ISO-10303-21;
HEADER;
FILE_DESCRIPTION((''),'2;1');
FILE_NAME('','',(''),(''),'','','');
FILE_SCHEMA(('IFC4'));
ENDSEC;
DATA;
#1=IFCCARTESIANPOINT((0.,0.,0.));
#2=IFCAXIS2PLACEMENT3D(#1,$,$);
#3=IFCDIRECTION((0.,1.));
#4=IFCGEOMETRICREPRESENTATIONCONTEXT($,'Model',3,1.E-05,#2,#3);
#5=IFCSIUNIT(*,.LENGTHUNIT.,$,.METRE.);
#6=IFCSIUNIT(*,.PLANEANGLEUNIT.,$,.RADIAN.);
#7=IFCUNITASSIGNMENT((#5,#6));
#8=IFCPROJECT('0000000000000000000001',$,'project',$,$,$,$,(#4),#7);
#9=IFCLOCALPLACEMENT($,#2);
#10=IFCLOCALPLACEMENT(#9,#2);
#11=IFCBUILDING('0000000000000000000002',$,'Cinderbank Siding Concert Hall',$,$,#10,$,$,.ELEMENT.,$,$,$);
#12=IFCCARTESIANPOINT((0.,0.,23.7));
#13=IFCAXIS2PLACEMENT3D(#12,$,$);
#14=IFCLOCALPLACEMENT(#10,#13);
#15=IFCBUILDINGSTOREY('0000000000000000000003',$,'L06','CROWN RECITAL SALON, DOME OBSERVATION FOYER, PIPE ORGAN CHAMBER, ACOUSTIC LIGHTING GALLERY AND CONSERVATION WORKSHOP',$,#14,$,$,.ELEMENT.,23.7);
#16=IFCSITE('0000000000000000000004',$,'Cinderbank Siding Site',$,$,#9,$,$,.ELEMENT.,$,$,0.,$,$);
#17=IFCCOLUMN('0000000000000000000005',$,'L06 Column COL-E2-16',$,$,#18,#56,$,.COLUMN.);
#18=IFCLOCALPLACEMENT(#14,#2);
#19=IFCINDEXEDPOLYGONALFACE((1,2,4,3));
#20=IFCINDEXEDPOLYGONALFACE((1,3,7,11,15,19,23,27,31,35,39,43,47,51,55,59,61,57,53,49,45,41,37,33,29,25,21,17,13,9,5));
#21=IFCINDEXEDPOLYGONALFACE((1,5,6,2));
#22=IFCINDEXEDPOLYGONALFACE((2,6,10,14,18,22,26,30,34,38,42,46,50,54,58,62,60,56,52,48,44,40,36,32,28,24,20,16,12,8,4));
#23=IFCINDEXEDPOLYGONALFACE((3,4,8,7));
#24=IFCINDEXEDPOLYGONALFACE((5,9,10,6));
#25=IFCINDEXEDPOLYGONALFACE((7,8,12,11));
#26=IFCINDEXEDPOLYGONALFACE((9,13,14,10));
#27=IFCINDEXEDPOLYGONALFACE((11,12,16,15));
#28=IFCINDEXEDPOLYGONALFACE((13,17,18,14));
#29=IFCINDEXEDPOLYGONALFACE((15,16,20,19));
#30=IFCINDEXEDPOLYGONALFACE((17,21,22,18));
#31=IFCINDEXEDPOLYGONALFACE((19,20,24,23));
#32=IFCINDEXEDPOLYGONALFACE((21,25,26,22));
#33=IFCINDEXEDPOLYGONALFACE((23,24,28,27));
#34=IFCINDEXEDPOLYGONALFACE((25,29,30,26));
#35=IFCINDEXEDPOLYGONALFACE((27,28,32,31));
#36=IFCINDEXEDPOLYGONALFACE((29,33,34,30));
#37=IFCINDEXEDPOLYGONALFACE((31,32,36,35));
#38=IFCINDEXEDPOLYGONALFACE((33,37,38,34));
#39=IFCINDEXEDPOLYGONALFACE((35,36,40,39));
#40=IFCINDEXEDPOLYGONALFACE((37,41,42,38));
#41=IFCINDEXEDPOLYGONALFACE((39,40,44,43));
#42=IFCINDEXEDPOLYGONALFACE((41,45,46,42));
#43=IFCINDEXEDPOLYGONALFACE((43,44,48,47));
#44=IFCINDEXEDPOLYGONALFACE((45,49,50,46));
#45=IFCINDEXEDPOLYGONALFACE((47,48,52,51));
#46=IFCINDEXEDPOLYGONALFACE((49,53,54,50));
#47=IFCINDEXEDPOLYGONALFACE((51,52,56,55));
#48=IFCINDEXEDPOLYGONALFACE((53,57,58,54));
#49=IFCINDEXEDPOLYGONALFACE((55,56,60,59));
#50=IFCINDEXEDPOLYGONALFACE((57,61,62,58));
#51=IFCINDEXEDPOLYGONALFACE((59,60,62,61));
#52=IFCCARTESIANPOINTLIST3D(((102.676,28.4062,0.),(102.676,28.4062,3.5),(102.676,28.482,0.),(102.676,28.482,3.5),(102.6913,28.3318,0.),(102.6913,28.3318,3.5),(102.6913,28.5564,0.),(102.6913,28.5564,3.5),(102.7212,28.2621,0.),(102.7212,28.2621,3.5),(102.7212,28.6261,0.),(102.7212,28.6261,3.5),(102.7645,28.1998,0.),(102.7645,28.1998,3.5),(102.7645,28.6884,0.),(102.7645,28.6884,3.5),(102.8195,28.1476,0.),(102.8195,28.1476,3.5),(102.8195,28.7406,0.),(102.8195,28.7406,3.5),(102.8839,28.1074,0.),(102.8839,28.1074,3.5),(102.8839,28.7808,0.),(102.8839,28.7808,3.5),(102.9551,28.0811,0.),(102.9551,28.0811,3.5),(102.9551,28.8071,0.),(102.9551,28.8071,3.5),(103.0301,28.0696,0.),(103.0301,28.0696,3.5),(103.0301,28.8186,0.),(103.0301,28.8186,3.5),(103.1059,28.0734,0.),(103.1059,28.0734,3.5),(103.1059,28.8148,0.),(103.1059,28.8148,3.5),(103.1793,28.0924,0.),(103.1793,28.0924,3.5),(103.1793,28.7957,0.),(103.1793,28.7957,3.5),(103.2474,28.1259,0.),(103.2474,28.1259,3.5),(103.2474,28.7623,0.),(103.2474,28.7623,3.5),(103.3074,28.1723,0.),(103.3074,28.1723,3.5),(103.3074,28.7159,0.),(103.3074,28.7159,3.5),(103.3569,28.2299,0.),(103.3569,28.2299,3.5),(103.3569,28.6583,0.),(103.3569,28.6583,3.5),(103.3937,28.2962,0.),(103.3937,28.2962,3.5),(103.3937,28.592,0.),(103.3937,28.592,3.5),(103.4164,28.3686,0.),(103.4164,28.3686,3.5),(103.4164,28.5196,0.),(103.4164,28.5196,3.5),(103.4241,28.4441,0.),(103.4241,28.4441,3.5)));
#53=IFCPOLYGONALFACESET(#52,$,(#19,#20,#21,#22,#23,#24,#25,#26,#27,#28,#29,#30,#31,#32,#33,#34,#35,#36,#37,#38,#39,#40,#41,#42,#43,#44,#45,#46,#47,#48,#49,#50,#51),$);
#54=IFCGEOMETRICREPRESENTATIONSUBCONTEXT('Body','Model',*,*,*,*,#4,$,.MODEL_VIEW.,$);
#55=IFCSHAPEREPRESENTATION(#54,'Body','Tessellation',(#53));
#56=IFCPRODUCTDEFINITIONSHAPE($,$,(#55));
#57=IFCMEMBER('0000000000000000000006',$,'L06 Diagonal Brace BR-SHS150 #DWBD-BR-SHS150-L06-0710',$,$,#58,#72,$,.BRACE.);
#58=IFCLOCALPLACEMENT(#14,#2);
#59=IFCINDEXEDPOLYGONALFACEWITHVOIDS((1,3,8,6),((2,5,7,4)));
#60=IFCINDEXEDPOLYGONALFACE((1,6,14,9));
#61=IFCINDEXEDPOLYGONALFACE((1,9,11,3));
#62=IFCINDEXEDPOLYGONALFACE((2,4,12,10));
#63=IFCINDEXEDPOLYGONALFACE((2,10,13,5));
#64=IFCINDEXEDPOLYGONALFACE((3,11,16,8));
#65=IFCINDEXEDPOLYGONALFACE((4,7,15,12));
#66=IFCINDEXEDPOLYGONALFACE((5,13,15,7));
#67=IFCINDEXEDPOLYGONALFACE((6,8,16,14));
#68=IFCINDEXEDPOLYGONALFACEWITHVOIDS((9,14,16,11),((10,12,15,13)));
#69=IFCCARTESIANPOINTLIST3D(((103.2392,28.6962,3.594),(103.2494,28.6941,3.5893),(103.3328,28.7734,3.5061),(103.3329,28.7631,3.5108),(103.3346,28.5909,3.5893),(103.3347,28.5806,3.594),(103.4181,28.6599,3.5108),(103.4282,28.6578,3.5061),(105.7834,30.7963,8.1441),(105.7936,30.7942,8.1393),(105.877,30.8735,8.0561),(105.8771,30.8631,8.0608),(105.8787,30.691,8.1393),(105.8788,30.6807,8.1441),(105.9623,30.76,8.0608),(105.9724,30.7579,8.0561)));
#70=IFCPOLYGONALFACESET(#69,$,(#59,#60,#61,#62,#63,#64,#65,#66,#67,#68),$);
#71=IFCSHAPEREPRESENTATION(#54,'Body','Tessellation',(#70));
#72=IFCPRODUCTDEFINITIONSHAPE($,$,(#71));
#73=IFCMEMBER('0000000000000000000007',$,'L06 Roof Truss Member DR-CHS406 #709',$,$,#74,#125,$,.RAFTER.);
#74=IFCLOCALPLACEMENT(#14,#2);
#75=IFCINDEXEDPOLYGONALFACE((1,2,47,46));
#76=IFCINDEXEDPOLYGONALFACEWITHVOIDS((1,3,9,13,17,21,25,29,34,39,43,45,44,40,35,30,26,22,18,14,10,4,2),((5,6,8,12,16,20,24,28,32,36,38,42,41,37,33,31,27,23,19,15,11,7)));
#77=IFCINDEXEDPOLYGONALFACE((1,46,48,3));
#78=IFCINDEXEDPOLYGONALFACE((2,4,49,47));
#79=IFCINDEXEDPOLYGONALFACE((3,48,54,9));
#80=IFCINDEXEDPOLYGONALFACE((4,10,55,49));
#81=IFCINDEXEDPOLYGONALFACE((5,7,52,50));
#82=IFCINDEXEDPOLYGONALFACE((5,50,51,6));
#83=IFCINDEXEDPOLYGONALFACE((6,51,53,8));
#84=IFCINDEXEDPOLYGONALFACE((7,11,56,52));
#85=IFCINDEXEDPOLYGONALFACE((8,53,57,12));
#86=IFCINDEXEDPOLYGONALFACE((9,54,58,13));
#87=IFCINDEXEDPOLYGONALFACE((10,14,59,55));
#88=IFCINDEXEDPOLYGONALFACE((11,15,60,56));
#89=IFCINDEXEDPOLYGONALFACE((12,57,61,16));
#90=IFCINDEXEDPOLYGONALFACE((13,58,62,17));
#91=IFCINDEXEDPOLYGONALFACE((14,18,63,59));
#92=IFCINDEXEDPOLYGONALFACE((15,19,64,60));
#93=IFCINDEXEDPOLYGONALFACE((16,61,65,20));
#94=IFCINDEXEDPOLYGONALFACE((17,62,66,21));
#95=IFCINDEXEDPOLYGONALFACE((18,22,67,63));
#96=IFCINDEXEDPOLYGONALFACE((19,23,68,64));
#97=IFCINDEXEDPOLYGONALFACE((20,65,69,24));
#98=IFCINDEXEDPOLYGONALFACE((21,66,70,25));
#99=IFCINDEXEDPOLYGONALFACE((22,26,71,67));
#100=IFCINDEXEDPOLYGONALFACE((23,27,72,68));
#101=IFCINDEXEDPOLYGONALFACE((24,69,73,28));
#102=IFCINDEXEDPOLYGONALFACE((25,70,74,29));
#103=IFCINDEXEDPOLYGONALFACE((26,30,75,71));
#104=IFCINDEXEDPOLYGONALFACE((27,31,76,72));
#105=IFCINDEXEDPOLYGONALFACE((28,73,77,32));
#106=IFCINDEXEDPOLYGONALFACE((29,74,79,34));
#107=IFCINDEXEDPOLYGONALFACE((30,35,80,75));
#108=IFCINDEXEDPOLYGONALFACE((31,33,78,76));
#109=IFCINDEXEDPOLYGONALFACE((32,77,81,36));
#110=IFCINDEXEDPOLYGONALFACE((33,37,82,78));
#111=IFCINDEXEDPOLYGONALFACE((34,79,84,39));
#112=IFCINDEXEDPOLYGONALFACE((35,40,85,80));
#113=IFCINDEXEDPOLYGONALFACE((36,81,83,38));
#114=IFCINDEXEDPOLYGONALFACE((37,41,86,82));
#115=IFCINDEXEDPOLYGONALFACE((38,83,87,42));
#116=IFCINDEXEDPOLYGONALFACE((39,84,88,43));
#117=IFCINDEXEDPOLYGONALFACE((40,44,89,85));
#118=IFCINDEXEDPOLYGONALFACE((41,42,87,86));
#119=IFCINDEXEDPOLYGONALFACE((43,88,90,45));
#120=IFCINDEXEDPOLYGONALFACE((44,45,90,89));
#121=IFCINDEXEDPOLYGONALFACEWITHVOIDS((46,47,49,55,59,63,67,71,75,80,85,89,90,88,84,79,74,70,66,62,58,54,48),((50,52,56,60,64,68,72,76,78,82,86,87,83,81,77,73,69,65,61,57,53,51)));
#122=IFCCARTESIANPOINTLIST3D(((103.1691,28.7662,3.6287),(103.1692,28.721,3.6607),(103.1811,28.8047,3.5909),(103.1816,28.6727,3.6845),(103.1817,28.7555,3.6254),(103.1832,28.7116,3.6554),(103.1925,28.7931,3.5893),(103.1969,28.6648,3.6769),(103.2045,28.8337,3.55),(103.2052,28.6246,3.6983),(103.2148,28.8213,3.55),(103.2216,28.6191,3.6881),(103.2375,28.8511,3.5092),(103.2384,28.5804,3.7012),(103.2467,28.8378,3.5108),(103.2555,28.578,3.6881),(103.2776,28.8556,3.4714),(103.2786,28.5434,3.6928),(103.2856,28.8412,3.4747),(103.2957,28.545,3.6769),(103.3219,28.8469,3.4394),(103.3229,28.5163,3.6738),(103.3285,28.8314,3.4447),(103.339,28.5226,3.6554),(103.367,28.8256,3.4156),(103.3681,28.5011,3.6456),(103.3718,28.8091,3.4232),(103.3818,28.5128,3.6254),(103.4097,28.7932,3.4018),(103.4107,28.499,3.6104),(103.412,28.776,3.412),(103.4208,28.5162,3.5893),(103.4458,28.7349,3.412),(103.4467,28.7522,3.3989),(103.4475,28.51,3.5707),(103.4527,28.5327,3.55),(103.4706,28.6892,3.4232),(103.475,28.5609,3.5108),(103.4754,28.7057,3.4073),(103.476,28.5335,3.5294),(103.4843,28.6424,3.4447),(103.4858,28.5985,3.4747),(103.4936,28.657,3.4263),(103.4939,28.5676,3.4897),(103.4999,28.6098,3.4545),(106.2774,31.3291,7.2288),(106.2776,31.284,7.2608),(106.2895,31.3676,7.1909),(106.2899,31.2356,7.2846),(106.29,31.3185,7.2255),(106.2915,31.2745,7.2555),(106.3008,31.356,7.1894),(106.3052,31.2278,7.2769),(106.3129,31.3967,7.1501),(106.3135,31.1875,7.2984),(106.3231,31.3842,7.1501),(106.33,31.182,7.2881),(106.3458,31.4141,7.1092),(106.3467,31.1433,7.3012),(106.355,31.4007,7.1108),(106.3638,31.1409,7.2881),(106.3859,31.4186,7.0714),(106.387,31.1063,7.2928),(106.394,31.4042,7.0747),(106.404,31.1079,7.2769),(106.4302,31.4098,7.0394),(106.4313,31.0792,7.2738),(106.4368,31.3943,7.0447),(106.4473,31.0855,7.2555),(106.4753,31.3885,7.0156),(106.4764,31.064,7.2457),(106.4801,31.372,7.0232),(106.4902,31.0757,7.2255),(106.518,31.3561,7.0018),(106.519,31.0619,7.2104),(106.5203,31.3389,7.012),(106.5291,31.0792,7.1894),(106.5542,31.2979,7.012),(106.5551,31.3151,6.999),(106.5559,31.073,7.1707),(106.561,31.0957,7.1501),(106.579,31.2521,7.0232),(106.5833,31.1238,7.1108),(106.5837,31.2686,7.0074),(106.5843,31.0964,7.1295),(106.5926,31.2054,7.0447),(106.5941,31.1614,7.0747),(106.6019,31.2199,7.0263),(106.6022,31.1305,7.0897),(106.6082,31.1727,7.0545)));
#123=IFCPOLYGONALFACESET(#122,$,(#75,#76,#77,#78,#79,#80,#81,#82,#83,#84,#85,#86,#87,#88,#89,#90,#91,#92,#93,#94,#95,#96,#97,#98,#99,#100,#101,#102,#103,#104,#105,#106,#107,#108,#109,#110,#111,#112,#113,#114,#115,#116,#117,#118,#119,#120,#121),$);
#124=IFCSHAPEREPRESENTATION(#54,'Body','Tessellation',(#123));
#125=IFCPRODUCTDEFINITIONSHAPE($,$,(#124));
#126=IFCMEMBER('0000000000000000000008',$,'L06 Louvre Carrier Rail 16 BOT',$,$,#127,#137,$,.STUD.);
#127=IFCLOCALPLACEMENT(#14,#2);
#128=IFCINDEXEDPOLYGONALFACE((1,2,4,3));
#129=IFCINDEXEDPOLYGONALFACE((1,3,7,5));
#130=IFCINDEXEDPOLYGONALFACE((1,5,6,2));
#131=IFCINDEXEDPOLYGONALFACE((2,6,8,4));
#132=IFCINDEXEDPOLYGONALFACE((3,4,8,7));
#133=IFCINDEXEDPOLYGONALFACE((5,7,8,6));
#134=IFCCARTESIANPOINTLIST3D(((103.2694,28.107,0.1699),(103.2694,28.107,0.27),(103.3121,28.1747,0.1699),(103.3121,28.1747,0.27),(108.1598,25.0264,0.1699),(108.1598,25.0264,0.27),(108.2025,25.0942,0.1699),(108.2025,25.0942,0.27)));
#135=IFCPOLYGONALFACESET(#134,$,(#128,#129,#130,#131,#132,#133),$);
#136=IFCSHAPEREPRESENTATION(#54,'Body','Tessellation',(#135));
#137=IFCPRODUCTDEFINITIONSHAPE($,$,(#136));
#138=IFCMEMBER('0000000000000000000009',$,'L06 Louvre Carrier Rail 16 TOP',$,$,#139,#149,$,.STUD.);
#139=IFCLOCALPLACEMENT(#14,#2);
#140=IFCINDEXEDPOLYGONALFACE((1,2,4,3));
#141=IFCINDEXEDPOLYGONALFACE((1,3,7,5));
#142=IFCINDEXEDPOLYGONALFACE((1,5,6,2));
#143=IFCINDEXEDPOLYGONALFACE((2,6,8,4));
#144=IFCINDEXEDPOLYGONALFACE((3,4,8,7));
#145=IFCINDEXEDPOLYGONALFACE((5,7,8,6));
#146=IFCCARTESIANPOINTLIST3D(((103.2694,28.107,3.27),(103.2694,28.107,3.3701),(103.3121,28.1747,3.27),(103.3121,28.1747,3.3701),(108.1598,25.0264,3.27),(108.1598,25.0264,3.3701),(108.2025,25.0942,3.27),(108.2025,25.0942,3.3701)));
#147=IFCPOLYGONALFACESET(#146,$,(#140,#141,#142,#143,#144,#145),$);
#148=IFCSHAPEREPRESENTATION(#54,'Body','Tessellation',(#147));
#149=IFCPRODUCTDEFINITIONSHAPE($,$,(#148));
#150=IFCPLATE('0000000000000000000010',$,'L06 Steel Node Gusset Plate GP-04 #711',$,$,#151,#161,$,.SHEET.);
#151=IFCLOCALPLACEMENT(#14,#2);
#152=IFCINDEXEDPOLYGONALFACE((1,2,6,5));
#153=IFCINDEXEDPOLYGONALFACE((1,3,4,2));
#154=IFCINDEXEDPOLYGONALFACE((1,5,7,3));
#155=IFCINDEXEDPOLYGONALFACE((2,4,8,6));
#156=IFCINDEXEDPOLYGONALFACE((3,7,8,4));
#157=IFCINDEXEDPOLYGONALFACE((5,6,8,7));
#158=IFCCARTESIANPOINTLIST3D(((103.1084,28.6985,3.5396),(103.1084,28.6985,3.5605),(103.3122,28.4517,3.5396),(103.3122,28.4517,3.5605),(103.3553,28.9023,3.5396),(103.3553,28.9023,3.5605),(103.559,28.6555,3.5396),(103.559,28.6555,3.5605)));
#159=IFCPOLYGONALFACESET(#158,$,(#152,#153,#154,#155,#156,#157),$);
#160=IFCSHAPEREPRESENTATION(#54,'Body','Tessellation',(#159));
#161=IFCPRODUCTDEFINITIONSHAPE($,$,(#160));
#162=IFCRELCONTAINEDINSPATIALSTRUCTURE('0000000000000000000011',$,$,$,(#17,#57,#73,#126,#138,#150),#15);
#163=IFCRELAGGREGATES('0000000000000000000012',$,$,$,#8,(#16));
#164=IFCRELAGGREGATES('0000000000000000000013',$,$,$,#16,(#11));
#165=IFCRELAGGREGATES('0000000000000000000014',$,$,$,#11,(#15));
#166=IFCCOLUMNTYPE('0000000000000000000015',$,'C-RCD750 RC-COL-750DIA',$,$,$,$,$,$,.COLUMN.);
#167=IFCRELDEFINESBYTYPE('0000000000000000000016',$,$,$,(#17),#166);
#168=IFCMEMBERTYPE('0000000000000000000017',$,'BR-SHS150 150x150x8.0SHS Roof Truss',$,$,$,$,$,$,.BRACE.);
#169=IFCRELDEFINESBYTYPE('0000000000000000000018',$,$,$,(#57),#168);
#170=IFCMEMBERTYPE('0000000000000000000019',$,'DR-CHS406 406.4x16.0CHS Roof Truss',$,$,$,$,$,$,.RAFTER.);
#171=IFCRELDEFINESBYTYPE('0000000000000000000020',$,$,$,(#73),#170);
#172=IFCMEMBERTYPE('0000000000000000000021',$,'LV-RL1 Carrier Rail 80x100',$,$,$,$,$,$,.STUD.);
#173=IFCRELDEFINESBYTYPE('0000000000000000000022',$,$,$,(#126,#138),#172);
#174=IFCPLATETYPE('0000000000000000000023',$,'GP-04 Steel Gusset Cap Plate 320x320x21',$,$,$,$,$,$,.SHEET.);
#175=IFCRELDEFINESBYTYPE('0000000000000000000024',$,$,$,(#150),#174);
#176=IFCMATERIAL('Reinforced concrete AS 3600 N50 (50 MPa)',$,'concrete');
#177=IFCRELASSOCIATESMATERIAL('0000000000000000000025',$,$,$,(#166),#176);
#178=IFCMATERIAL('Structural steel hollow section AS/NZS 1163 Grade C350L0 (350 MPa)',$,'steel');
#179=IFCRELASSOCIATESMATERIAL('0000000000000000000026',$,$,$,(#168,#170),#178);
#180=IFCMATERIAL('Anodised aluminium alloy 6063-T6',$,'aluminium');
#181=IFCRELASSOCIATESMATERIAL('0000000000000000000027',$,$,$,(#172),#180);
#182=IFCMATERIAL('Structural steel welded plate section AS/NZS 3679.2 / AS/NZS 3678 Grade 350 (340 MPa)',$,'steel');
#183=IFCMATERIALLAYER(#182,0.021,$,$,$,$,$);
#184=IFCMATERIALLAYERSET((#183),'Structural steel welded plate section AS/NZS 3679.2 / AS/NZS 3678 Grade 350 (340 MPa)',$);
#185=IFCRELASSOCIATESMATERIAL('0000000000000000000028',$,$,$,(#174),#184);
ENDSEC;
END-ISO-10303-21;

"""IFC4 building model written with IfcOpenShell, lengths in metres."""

from ifc_helpers import new_model, si_unit, direction, frame, origin, origin_2d, place, context, subcontext, project, spatial, rectangle, hollow_rectangle, circle, hollow_circle, extrude, material, layer, layer_set, material_profile, profile_set, type_object, element, save


model = new_model("IFC4")

# Units and contexts
model_context = context("Model", 3, precision=1e-05, world=origin(), true_north=direction((0.0, 1.0)))
body_context = subcontext(model_context, "Body", "Model", "MODEL_VIEW")
ifc_project = project(units=[si_unit("LENGTHUNIT", "METRE"), si_unit("PLANEANGLEUNIT", "RADIAN")], contexts=[model_context])

# Site, building, storey
site_placement = place(None, origin())
site = spatial("IfcSite", under=ifc_project, at=site_placement, Name="Cinderbank Siding Site", CompositionType="ELEMENT", RefElevation=0.0)
building_placement = place(site_placement, origin())
building = spatial("IfcBuilding", under=site, at=building_placement, Name="Cinderbank Siding Concert Hall", CompositionType="ELEMENT")
storey_placement = place(building_placement, frame((0.0, 0.0, 23.7)))
storey = spatial("IfcBuildingStorey", under=building, at=storey_placement, Name="L06", Description="CROWN RECITAL SALON, DOME OBSERVATION FOYER, PIPE ORGAN CHAMBER, ACOUSTIC LIGHTING GALLERY AND CONSERVATION WORKSHOP", CompositionType="ELEMENT", Elevation=23.7)

# Column
ifc_material_1 = material(Name="Reinforced concrete AS 3600 N50 (50 MPa)", Category="concrete")
ifc_material_profile_1 = material_profile(ifc_material_1, circle(Radius=0.375, at=origin_2d()), Name="RC-COL-750DIA", Category="LoadBearing")
ifc_profile_set_1 = profile_set([ifc_material_profile_1], Name="Reinforced concrete AS 3600 N50 (50 MPa)")
column_type = type_object("IfcColumnType", Name="C-RCD750 RC-COL-750DIA", PredefinedType="COLUMN", material=ifc_profile_set_1)
column_placement = place(storey_placement, frame((103.0491, 28.4441, 0.0), z_axis=(0.0, 0.0, 1.0), x_axis=(1.0, 0.0, 0.0)))
element("IfcColumn", 1, at=column_placement, inside=storey, type_object=column_type, Name="L06 Column COL-E2-16", PredefinedType="COLUMN", context=body_context, shape_type="SweptSolid", body=[
    extrude(circle(Radius=0.375, at=origin_2d()), origin(), (0.0, 0.0, 1.0), 3.5),
])

# Members
ifc_material_2 = material(Name="Structural steel hollow section AS/NZS 1163 Grade C350L0 (350 MPa)", Category="steel")
ifc_material_profile_2 = material_profile(ifc_material_2, hollow_rectangle(XDim=0.1499, YDim=0.1499, WallThickness=0.0081, at=origin_2d()), Name="150x150x8.0SHS", Category="LoadBearing")
ifc_profile_set_2 = profile_set([ifc_material_profile_2], Name="Structural steel hollow section AS/NZS 1163 Grade C350L0 (350 MPa)")
member_type_1 = type_object("IfcMemberType", Name="BR-SHS150 150x150x8.0SHS Roof Truss", PredefinedType="BRACE", material=ifc_profile_set_2)
member_1_placement = place(storey_placement, frame((103.3337, 28.677, 3.55), z_axis=(0.452689, 0.373672, 0.809593), x_axis=(-0.636589, 0.771203, 0.0)))
element("IfcMember", 2, at=member_1_placement, inside=storey, type_object=member_type_1, Name="L06 Diagonal Brace BR-SHS150 #DWBD-BR-SHS150-L06-0710", PredefinedType="BRACE", context=body_context, shape_type="SweptSolid", body=[
    extrude(hollow_rectangle(XDim=0.1499, YDim=0.1499, WallThickness=0.0081, at=origin_2d()), origin(), (0.0, 0.0, 1.0), 5.6201),
])
ifc_material_profile_3 = material_profile(ifc_material_2, hollow_circle(Radius=0.2031, WallThickness=0.0161, at=origin_2d()), Name="406.4x16.0CHS", Category="LoadBearing")
ifc_profile_set_3 = profile_set([ifc_material_profile_3], Name="Structural steel hollow section AS/NZS 1163 Grade C350L0 (350 MPa)")
member_type_2 = type_object("IfcMemberType", Name="DR-CHS406 406.4x16.0CHS Roof Truss", PredefinedType="RAFTER", material=ifc_profile_set_3)
member_2_placement = place(storey_placement, frame((103.3337, 28.677, 3.55), z_axis=(0.575316, 0.474369, 0.666322), x_axis=(-0.63617, 0.771549, 0.0)))
element("IfcMember", 3, at=member_2_placement, inside=storey, type_object=member_type_2, Name="L06 Roof Truss Member DR-CHS406 #709", PredefinedType="RAFTER", context=body_context, shape_type="SweptSolid", body=[
    extrude(hollow_circle(Radius=0.2031, WallThickness=0.0161, at=origin_2d()), origin(), (0.0, 0.0, 1.0), 5.4028),
])
ifc_material_3 = material(Name="Anodised aluminium alloy 6063-T6", Category="aluminium")
ifc_material_profile_4 = material_profile(ifc_material_3, rectangle(XDim=0.0801, YDim=0.1001, at=origin_2d()), Name="ALU-RAIL-80x100", Category="LoadBearing")
ifc_profile_set_4 = profile_set([ifc_material_profile_4], Name="Anodised aluminium alloy 6063-T6")
member_type_3 = type_object("IfcMemberType", Name="LV-RL1 Carrier Rail 80x100", PredefinedType="STUD", material=ifc_profile_set_4)
for number, where, z_axis, x_axis, name in (
    (4, (103.2908, 28.1409, 0.22), (0.846121, -0.532991, 0.0), (0.532991, 0.846121, 0.0), "L06 Louvre Carrier Rail 16 BOT"),
    (5, (103.2908, 28.1409, 3.3201), (0.846121, -0.532991, 0.0), (0.532991, 0.846121, 0.0), "L06 Louvre Carrier Rail 16 TOP"),
):
    element("IfcMember", number, at=place(storey_placement, frame(where, z_axis=z_axis, x_axis=x_axis)), inside=storey, type_object=member_type_3, Name=name, PredefinedType="STUD", context=body_context, shape_type="SweptSolid", body=[
        extrude(rectangle(XDim=0.0801, YDim=0.1001, at=origin_2d()), origin(), (0.0, 0.0, 1.0), 5.7798),
    ])

# Plate
ifc_material_4 = material(Name="Structural steel welded plate section AS/NZS 3679.2 / AS/NZS 3678 Grade 350 (340 MPa)", Category="steel")
ifc_layer_1 = layer(ifc_material_4, 0.021)
ifc_layer_set_1 = layer_set([ifc_layer_1], Name="Structural steel welded plate section AS/NZS 3679.2 / AS/NZS 3678 Grade 350 (340 MPa)")
plate_type = type_object("IfcPlateType", Name="GP-04 Steel Gusset Cap Plate 320x320x21", PredefinedType="SHEET", material=ifc_layer_set_1)
plate_placement = place(storey_placement, frame((103.3337, 28.677, 3.5396), z_axis=(0.0, 0.0, 1.0), x_axis=(0.77118, 0.636617, 0.0)))
element("IfcPlate", 6, at=plate_placement, inside=storey, type_object=plate_type, Name="L06 Steel Node Gusset Plate GP-04 #711", PredefinedType="SHEET", context=body_context, shape_type="SweptSolid", body=[
    extrude(rectangle(XDim=0.3201, YDim=0.3201, at=origin_2d()), origin(), (0.0, 0.0, 1.0), 0.021),
])

save(model, "model.ifc")
